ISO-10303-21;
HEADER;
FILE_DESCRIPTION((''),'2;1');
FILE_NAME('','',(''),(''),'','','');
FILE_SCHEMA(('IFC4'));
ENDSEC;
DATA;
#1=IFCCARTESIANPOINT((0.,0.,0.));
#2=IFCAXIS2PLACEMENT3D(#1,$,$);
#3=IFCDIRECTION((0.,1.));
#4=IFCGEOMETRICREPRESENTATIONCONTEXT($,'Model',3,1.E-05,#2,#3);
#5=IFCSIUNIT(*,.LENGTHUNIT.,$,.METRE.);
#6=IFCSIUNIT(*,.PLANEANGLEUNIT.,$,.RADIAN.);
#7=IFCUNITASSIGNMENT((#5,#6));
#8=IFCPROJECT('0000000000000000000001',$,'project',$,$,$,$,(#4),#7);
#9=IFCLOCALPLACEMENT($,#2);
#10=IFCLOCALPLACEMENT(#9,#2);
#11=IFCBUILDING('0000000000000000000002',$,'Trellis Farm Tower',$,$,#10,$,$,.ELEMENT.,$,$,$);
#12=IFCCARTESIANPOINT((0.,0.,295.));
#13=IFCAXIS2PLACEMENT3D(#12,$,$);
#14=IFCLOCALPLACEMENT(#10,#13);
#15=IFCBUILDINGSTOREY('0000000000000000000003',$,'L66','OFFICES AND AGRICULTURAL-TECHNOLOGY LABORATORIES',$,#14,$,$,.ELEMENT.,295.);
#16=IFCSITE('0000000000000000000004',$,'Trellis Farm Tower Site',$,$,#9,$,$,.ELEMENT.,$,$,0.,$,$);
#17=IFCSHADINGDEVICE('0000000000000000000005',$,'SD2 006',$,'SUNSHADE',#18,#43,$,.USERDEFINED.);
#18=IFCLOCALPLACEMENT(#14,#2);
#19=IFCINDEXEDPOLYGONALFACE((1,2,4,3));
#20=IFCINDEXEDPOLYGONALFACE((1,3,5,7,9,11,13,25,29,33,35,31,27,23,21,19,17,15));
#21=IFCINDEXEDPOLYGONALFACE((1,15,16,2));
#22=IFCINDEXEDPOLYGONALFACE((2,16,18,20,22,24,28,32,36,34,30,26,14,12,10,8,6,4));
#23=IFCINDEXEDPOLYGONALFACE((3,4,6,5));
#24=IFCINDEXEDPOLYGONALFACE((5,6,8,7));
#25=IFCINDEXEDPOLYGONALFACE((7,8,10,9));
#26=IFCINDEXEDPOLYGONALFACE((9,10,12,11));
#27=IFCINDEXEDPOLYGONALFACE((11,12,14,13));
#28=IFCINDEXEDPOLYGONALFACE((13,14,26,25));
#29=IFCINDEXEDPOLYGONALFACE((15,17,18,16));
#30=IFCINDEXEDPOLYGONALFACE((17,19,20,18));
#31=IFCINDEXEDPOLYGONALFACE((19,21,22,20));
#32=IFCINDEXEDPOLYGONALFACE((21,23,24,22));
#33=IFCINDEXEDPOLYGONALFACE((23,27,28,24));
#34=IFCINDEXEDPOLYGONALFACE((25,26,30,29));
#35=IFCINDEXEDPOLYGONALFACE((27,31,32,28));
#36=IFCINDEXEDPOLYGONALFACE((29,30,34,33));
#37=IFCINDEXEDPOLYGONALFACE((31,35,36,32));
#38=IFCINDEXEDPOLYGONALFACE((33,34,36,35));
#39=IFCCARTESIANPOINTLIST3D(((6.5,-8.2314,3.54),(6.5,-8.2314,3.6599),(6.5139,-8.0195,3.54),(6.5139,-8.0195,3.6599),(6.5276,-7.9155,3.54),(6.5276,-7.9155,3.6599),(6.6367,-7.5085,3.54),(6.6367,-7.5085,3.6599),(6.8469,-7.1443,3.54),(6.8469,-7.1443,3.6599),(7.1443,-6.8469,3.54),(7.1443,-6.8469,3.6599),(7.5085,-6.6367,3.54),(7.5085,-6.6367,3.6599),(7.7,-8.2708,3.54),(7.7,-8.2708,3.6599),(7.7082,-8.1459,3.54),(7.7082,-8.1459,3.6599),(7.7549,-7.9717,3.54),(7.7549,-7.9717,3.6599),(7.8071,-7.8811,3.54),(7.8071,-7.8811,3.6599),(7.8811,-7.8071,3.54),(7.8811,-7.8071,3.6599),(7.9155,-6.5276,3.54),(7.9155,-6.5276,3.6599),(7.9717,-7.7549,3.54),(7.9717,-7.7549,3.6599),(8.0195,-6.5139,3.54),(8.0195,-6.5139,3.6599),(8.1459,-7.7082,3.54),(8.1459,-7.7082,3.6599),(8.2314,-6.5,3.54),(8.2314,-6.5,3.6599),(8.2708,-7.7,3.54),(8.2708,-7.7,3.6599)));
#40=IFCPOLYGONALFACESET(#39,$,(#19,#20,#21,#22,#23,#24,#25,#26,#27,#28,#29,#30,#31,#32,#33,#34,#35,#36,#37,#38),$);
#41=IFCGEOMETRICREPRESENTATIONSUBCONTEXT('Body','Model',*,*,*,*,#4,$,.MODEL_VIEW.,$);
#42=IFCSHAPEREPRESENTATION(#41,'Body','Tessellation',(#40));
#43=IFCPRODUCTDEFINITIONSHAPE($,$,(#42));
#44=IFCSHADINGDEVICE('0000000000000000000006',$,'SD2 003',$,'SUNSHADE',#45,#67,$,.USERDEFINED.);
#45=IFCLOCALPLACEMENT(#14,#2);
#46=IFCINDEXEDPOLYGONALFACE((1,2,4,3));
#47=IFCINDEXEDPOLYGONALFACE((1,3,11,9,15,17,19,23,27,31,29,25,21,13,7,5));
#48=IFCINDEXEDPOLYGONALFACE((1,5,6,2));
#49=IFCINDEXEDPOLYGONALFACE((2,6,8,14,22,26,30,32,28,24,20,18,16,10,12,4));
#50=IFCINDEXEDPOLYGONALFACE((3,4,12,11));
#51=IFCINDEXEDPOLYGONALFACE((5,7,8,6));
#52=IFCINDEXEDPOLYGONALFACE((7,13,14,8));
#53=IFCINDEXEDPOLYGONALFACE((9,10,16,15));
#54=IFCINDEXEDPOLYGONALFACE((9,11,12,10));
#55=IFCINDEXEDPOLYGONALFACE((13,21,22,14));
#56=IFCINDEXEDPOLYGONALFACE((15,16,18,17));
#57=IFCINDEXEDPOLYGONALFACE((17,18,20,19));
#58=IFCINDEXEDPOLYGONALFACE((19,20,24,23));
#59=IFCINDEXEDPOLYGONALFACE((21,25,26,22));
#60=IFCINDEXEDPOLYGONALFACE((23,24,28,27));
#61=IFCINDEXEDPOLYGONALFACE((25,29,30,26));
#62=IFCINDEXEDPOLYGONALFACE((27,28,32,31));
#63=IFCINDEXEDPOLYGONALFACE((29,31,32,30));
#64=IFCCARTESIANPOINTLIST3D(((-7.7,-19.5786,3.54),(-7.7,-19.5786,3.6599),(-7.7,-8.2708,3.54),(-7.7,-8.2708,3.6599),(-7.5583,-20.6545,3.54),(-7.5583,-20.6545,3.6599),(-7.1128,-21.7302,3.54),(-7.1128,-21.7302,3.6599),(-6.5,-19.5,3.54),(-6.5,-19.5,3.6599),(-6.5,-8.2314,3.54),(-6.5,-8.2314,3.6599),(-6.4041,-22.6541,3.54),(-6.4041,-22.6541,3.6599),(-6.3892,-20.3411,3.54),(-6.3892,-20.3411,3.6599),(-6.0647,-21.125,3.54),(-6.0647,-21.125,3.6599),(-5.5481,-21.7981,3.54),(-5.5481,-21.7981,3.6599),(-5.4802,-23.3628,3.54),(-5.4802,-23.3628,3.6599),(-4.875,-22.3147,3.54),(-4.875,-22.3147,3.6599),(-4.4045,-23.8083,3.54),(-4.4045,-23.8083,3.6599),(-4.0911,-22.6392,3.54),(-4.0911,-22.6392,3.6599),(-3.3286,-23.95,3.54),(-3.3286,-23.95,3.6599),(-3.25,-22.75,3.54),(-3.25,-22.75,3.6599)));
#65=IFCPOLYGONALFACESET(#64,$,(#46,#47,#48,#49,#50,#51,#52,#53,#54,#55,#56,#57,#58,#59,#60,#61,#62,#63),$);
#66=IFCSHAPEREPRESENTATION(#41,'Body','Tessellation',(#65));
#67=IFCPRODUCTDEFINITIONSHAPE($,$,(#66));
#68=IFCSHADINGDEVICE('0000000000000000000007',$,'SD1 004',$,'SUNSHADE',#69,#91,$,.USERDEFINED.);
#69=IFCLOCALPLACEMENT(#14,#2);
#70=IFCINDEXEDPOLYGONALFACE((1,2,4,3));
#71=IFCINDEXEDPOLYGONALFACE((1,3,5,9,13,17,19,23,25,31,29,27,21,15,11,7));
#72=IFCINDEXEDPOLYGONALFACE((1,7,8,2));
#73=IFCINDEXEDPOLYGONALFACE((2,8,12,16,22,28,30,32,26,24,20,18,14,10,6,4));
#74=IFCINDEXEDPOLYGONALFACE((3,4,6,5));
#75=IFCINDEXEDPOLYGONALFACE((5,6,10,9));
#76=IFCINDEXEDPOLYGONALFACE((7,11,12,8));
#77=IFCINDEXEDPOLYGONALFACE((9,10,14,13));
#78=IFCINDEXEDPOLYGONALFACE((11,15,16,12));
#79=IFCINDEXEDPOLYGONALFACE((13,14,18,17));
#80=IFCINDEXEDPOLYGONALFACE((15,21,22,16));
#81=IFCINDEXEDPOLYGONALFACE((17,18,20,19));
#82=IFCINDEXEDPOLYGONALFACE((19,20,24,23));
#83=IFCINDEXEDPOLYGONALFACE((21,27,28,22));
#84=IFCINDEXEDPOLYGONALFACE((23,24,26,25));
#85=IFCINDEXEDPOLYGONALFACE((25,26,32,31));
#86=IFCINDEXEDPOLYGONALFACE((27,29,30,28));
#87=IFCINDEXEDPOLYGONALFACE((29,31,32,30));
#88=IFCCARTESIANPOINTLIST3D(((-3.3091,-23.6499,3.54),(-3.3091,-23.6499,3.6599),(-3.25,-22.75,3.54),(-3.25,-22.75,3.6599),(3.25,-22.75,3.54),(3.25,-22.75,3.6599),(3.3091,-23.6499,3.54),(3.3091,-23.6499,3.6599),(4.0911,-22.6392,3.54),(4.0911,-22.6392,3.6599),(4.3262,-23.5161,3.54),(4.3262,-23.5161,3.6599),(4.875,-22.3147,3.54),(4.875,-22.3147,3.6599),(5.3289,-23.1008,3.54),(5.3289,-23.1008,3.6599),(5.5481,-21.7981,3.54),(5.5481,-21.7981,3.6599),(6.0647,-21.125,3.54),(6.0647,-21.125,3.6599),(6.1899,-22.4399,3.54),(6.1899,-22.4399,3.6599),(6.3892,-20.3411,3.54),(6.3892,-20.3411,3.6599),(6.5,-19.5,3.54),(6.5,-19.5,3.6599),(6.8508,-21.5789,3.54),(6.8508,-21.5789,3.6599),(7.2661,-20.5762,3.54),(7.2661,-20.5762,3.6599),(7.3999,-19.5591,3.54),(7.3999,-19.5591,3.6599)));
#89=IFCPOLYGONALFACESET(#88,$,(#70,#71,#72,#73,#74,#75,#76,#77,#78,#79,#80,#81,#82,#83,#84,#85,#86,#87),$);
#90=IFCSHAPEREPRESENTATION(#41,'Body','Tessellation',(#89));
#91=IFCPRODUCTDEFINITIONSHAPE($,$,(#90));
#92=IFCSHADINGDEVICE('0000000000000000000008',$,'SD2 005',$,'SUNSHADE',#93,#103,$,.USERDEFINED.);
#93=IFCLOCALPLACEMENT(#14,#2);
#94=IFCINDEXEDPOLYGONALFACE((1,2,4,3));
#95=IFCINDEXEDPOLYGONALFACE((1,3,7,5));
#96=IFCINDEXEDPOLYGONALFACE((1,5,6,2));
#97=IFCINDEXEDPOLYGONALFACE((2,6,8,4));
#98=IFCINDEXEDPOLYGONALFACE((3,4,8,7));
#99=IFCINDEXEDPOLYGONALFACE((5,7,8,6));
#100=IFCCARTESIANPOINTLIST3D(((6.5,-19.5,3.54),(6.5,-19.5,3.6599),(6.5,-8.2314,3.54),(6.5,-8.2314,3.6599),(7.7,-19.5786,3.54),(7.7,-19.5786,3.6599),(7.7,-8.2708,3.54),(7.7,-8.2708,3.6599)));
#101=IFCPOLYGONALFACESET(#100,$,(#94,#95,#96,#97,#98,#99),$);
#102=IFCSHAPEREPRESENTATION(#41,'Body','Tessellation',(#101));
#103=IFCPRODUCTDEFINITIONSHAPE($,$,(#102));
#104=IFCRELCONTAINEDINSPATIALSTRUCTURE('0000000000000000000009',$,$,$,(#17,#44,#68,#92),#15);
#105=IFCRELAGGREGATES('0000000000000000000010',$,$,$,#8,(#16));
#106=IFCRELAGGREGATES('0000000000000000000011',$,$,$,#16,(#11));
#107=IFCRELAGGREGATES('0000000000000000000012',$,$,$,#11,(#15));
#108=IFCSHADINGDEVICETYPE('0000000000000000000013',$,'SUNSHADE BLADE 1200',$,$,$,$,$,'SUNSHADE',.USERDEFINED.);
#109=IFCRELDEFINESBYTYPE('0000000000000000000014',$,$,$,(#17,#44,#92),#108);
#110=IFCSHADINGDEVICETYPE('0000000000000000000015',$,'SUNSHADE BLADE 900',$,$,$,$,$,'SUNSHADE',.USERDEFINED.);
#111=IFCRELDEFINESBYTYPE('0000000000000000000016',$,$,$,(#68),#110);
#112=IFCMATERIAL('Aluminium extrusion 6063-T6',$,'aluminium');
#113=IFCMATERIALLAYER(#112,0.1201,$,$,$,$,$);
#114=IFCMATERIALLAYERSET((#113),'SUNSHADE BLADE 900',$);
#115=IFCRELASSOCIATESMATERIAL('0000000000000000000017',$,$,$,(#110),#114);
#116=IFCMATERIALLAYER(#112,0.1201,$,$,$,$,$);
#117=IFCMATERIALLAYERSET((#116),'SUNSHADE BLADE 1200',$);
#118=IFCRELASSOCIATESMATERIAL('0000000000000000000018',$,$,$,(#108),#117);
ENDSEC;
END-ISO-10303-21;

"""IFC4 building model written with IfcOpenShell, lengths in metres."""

from ifc_helpers import new_model, si_unit, direction, frame, origin, place, context, subcontext, project, spatial, polyline, outline, extrude, source, transform, mapped, material, layer, layer_set, type_object, element, save


model = new_model("IFC4")

# Units and contexts
model_context = context("Model", 3, precision=1e-05, world=origin(), true_north=direction((0.0, 1.0)))
body_context = subcontext(model_context, "Body", "Model", "MODEL_VIEW")
ifc_project = project(units=[si_unit("LENGTHUNIT", "METRE"), si_unit("PLANEANGLEUNIT", "RADIAN")], contexts=[model_context])

# Site, building, storey
site_placement = place(None, origin())
site = spatial("IfcSite", under=ifc_project, at=site_placement, Name="Trellis Farm Tower Site", CompositionType="ELEMENT", RefElevation=0.0)
building_placement = place(site_placement, origin())
building = spatial("IfcBuilding", under=site, at=building_placement, Name="Trellis Farm Tower", CompositionType="ELEMENT")
storey_placement = place(building_placement, frame((0.0, 0.0, 295.0)))
storey = spatial("IfcBuildingStorey", under=building, at=storey_placement, Name="L66", Description="OFFICES AND AGRICULTURAL-TECHNOLOGY LABORATORIES", CompositionType="ELEMENT", Elevation=295.0)

# Shared definitions
ifc_material_1 = material(Name="Aluminium extrusion 6063-T6", Category="aluminium")

# Shading devices
ifc_layer_1 = layer(ifc_material_1, 0.1201)
ifc_layer_set_1 = layer_set([ifc_layer_1], Name="SUNSHADE BLADE 900")
shading_device_type_1 = type_object("IfcShadingDeviceType", Name="SUNSHADE BLADE 900", ElementType="SUNSHADE", PredefinedType="USERDEFINED", material=ifc_layer_set_1)
placement_1 = place(storey_placement, frame((0.0, 0.0, 3.54)))
ifc_layer_2 = layer(ifc_material_1, 0.1201)
ifc_layer_set_2 = layer_set([ifc_layer_2], Name="SUNSHADE BLADE 1200")
shading_device_type_2 = type_object("IfcShadingDeviceType", Name="SUNSHADE BLADE 1200", ElementType="SUNSHADE", PredefinedType="USERDEFINED", material=ifc_layer_set_2)
shared_shape_1 = source(origin(), body_context, "Body", "SweptSolid", [
    extrude(outline(polyline([(7.7, -8.2708), (7.7087, -8.1372), (7.707, -8.1501), (7.7549, -7.9717), (7.8071, -7.8811), (7.8811, -7.8071), (7.9717, -7.7549), (8.1501, -7.707), (8.1372, -7.7087), (8.2708, -7.7), (8.2314, -6.5), (8.0195, -6.5139), (7.9155, -6.5276), (7.5085, -6.6367), (7.1443, -6.8469), (6.8469, -7.1443), (6.6367, -7.5085), (6.5276, -7.9155), (6.5139, -8.0195), (6.5, -8.2314), (7.7, -8.2708)])), origin(), (0.0, 0.0, 1.0), 0.1199),
])
element("IfcShadingDevice", 1, at=placement_1, inside=storey, type_object=shading_device_type_2, Name="SD2 006", ObjectType="SUNSHADE", PredefinedType="USERDEFINED", context=body_context, shape_type="MappedRepresentation", body=[
    mapped(shared_shape_1, transform((0.0, 0.0, 0.0))),
])
shared_shape_2 = source(origin(), body_context, "Body", "SweptSolid", [
    extrude(outline(polyline([(-7.7, -8.2708), (-7.7, -19.5786), (-7.5583, -20.6545), (-7.1128, -21.7302), (-6.4041, -22.6541), (-5.4802, -23.3628), (-4.4045, -23.8083), (-3.3286, -23.95), (-3.25, -22.75), (-4.0911, -22.6392), (-4.875, -22.3147), (-5.5481, -21.7981), (-6.0647, -21.125), (-6.3892, -20.3411), (-6.5, -19.5), (-6.5, -8.2314), (-7.7, -8.2708)])), origin(), (0.0, 0.0, 1.0), 0.1199),
])
element("IfcShadingDevice", 2, at=placement_1, inside=storey, type_object=shading_device_type_2, Name="SD2 003", ObjectType="SUNSHADE", PredefinedType="USERDEFINED", context=body_context, shape_type="MappedRepresentation", body=[
    mapped(shared_shape_2, transform((0.0, 0.0, 0.0))),
])
shared_shape_3 = source(origin(), body_context, "Body", "SweptSolid", [
    extrude(outline(polyline([(-3.3091, -23.6499), (3.3091, -23.6499), (4.3262, -23.5161), (5.3289, -23.1008), (6.1899, -22.4399), (6.8508, -21.5789), (7.2661, -20.5762), (7.3999, -19.5591), (6.5, -19.5), (6.3892, -20.3411), (6.0647, -21.125), (5.5481, -21.7981), (4.875, -22.3147), (4.0911, -22.6392), (3.25, -22.75), (-3.25, -22.75), (-3.3091, -23.6499)])), origin(), (0.0, 0.0, 1.0), 0.1199),
])
element("IfcShadingDevice", 3, at=placement_1, inside=storey, type_object=shading_device_type_1, Name="SD1 004", ObjectType="SUNSHADE", PredefinedType="USERDEFINED", context=body_context, shape_type="MappedRepresentation", body=[
    mapped(shared_shape_3, transform((0.0, 0.0, 0.0))),
])
shared_shape_4 = source(origin(), body_context, "Body", "SweptSolid", [
    extrude(outline(polyline([(7.7, -19.5786), (7.7, -8.2708), (6.5, -8.2314), (6.5, -19.5), (7.7, -19.5786)])), origin(), (0.0, 0.0, 1.0), 0.1199),
])
element("IfcShadingDevice", 4, at=placement_1, inside=storey, type_object=shading_device_type_2, Name="SD2 005", ObjectType="SUNSHADE", PredefinedType="USERDEFINED", context=body_context, shape_type="MappedRepresentation", body=[
    mapped(shared_shape_4, transform((0.0, 0.0, 0.0))),
])

save(model, "model.ifc")
